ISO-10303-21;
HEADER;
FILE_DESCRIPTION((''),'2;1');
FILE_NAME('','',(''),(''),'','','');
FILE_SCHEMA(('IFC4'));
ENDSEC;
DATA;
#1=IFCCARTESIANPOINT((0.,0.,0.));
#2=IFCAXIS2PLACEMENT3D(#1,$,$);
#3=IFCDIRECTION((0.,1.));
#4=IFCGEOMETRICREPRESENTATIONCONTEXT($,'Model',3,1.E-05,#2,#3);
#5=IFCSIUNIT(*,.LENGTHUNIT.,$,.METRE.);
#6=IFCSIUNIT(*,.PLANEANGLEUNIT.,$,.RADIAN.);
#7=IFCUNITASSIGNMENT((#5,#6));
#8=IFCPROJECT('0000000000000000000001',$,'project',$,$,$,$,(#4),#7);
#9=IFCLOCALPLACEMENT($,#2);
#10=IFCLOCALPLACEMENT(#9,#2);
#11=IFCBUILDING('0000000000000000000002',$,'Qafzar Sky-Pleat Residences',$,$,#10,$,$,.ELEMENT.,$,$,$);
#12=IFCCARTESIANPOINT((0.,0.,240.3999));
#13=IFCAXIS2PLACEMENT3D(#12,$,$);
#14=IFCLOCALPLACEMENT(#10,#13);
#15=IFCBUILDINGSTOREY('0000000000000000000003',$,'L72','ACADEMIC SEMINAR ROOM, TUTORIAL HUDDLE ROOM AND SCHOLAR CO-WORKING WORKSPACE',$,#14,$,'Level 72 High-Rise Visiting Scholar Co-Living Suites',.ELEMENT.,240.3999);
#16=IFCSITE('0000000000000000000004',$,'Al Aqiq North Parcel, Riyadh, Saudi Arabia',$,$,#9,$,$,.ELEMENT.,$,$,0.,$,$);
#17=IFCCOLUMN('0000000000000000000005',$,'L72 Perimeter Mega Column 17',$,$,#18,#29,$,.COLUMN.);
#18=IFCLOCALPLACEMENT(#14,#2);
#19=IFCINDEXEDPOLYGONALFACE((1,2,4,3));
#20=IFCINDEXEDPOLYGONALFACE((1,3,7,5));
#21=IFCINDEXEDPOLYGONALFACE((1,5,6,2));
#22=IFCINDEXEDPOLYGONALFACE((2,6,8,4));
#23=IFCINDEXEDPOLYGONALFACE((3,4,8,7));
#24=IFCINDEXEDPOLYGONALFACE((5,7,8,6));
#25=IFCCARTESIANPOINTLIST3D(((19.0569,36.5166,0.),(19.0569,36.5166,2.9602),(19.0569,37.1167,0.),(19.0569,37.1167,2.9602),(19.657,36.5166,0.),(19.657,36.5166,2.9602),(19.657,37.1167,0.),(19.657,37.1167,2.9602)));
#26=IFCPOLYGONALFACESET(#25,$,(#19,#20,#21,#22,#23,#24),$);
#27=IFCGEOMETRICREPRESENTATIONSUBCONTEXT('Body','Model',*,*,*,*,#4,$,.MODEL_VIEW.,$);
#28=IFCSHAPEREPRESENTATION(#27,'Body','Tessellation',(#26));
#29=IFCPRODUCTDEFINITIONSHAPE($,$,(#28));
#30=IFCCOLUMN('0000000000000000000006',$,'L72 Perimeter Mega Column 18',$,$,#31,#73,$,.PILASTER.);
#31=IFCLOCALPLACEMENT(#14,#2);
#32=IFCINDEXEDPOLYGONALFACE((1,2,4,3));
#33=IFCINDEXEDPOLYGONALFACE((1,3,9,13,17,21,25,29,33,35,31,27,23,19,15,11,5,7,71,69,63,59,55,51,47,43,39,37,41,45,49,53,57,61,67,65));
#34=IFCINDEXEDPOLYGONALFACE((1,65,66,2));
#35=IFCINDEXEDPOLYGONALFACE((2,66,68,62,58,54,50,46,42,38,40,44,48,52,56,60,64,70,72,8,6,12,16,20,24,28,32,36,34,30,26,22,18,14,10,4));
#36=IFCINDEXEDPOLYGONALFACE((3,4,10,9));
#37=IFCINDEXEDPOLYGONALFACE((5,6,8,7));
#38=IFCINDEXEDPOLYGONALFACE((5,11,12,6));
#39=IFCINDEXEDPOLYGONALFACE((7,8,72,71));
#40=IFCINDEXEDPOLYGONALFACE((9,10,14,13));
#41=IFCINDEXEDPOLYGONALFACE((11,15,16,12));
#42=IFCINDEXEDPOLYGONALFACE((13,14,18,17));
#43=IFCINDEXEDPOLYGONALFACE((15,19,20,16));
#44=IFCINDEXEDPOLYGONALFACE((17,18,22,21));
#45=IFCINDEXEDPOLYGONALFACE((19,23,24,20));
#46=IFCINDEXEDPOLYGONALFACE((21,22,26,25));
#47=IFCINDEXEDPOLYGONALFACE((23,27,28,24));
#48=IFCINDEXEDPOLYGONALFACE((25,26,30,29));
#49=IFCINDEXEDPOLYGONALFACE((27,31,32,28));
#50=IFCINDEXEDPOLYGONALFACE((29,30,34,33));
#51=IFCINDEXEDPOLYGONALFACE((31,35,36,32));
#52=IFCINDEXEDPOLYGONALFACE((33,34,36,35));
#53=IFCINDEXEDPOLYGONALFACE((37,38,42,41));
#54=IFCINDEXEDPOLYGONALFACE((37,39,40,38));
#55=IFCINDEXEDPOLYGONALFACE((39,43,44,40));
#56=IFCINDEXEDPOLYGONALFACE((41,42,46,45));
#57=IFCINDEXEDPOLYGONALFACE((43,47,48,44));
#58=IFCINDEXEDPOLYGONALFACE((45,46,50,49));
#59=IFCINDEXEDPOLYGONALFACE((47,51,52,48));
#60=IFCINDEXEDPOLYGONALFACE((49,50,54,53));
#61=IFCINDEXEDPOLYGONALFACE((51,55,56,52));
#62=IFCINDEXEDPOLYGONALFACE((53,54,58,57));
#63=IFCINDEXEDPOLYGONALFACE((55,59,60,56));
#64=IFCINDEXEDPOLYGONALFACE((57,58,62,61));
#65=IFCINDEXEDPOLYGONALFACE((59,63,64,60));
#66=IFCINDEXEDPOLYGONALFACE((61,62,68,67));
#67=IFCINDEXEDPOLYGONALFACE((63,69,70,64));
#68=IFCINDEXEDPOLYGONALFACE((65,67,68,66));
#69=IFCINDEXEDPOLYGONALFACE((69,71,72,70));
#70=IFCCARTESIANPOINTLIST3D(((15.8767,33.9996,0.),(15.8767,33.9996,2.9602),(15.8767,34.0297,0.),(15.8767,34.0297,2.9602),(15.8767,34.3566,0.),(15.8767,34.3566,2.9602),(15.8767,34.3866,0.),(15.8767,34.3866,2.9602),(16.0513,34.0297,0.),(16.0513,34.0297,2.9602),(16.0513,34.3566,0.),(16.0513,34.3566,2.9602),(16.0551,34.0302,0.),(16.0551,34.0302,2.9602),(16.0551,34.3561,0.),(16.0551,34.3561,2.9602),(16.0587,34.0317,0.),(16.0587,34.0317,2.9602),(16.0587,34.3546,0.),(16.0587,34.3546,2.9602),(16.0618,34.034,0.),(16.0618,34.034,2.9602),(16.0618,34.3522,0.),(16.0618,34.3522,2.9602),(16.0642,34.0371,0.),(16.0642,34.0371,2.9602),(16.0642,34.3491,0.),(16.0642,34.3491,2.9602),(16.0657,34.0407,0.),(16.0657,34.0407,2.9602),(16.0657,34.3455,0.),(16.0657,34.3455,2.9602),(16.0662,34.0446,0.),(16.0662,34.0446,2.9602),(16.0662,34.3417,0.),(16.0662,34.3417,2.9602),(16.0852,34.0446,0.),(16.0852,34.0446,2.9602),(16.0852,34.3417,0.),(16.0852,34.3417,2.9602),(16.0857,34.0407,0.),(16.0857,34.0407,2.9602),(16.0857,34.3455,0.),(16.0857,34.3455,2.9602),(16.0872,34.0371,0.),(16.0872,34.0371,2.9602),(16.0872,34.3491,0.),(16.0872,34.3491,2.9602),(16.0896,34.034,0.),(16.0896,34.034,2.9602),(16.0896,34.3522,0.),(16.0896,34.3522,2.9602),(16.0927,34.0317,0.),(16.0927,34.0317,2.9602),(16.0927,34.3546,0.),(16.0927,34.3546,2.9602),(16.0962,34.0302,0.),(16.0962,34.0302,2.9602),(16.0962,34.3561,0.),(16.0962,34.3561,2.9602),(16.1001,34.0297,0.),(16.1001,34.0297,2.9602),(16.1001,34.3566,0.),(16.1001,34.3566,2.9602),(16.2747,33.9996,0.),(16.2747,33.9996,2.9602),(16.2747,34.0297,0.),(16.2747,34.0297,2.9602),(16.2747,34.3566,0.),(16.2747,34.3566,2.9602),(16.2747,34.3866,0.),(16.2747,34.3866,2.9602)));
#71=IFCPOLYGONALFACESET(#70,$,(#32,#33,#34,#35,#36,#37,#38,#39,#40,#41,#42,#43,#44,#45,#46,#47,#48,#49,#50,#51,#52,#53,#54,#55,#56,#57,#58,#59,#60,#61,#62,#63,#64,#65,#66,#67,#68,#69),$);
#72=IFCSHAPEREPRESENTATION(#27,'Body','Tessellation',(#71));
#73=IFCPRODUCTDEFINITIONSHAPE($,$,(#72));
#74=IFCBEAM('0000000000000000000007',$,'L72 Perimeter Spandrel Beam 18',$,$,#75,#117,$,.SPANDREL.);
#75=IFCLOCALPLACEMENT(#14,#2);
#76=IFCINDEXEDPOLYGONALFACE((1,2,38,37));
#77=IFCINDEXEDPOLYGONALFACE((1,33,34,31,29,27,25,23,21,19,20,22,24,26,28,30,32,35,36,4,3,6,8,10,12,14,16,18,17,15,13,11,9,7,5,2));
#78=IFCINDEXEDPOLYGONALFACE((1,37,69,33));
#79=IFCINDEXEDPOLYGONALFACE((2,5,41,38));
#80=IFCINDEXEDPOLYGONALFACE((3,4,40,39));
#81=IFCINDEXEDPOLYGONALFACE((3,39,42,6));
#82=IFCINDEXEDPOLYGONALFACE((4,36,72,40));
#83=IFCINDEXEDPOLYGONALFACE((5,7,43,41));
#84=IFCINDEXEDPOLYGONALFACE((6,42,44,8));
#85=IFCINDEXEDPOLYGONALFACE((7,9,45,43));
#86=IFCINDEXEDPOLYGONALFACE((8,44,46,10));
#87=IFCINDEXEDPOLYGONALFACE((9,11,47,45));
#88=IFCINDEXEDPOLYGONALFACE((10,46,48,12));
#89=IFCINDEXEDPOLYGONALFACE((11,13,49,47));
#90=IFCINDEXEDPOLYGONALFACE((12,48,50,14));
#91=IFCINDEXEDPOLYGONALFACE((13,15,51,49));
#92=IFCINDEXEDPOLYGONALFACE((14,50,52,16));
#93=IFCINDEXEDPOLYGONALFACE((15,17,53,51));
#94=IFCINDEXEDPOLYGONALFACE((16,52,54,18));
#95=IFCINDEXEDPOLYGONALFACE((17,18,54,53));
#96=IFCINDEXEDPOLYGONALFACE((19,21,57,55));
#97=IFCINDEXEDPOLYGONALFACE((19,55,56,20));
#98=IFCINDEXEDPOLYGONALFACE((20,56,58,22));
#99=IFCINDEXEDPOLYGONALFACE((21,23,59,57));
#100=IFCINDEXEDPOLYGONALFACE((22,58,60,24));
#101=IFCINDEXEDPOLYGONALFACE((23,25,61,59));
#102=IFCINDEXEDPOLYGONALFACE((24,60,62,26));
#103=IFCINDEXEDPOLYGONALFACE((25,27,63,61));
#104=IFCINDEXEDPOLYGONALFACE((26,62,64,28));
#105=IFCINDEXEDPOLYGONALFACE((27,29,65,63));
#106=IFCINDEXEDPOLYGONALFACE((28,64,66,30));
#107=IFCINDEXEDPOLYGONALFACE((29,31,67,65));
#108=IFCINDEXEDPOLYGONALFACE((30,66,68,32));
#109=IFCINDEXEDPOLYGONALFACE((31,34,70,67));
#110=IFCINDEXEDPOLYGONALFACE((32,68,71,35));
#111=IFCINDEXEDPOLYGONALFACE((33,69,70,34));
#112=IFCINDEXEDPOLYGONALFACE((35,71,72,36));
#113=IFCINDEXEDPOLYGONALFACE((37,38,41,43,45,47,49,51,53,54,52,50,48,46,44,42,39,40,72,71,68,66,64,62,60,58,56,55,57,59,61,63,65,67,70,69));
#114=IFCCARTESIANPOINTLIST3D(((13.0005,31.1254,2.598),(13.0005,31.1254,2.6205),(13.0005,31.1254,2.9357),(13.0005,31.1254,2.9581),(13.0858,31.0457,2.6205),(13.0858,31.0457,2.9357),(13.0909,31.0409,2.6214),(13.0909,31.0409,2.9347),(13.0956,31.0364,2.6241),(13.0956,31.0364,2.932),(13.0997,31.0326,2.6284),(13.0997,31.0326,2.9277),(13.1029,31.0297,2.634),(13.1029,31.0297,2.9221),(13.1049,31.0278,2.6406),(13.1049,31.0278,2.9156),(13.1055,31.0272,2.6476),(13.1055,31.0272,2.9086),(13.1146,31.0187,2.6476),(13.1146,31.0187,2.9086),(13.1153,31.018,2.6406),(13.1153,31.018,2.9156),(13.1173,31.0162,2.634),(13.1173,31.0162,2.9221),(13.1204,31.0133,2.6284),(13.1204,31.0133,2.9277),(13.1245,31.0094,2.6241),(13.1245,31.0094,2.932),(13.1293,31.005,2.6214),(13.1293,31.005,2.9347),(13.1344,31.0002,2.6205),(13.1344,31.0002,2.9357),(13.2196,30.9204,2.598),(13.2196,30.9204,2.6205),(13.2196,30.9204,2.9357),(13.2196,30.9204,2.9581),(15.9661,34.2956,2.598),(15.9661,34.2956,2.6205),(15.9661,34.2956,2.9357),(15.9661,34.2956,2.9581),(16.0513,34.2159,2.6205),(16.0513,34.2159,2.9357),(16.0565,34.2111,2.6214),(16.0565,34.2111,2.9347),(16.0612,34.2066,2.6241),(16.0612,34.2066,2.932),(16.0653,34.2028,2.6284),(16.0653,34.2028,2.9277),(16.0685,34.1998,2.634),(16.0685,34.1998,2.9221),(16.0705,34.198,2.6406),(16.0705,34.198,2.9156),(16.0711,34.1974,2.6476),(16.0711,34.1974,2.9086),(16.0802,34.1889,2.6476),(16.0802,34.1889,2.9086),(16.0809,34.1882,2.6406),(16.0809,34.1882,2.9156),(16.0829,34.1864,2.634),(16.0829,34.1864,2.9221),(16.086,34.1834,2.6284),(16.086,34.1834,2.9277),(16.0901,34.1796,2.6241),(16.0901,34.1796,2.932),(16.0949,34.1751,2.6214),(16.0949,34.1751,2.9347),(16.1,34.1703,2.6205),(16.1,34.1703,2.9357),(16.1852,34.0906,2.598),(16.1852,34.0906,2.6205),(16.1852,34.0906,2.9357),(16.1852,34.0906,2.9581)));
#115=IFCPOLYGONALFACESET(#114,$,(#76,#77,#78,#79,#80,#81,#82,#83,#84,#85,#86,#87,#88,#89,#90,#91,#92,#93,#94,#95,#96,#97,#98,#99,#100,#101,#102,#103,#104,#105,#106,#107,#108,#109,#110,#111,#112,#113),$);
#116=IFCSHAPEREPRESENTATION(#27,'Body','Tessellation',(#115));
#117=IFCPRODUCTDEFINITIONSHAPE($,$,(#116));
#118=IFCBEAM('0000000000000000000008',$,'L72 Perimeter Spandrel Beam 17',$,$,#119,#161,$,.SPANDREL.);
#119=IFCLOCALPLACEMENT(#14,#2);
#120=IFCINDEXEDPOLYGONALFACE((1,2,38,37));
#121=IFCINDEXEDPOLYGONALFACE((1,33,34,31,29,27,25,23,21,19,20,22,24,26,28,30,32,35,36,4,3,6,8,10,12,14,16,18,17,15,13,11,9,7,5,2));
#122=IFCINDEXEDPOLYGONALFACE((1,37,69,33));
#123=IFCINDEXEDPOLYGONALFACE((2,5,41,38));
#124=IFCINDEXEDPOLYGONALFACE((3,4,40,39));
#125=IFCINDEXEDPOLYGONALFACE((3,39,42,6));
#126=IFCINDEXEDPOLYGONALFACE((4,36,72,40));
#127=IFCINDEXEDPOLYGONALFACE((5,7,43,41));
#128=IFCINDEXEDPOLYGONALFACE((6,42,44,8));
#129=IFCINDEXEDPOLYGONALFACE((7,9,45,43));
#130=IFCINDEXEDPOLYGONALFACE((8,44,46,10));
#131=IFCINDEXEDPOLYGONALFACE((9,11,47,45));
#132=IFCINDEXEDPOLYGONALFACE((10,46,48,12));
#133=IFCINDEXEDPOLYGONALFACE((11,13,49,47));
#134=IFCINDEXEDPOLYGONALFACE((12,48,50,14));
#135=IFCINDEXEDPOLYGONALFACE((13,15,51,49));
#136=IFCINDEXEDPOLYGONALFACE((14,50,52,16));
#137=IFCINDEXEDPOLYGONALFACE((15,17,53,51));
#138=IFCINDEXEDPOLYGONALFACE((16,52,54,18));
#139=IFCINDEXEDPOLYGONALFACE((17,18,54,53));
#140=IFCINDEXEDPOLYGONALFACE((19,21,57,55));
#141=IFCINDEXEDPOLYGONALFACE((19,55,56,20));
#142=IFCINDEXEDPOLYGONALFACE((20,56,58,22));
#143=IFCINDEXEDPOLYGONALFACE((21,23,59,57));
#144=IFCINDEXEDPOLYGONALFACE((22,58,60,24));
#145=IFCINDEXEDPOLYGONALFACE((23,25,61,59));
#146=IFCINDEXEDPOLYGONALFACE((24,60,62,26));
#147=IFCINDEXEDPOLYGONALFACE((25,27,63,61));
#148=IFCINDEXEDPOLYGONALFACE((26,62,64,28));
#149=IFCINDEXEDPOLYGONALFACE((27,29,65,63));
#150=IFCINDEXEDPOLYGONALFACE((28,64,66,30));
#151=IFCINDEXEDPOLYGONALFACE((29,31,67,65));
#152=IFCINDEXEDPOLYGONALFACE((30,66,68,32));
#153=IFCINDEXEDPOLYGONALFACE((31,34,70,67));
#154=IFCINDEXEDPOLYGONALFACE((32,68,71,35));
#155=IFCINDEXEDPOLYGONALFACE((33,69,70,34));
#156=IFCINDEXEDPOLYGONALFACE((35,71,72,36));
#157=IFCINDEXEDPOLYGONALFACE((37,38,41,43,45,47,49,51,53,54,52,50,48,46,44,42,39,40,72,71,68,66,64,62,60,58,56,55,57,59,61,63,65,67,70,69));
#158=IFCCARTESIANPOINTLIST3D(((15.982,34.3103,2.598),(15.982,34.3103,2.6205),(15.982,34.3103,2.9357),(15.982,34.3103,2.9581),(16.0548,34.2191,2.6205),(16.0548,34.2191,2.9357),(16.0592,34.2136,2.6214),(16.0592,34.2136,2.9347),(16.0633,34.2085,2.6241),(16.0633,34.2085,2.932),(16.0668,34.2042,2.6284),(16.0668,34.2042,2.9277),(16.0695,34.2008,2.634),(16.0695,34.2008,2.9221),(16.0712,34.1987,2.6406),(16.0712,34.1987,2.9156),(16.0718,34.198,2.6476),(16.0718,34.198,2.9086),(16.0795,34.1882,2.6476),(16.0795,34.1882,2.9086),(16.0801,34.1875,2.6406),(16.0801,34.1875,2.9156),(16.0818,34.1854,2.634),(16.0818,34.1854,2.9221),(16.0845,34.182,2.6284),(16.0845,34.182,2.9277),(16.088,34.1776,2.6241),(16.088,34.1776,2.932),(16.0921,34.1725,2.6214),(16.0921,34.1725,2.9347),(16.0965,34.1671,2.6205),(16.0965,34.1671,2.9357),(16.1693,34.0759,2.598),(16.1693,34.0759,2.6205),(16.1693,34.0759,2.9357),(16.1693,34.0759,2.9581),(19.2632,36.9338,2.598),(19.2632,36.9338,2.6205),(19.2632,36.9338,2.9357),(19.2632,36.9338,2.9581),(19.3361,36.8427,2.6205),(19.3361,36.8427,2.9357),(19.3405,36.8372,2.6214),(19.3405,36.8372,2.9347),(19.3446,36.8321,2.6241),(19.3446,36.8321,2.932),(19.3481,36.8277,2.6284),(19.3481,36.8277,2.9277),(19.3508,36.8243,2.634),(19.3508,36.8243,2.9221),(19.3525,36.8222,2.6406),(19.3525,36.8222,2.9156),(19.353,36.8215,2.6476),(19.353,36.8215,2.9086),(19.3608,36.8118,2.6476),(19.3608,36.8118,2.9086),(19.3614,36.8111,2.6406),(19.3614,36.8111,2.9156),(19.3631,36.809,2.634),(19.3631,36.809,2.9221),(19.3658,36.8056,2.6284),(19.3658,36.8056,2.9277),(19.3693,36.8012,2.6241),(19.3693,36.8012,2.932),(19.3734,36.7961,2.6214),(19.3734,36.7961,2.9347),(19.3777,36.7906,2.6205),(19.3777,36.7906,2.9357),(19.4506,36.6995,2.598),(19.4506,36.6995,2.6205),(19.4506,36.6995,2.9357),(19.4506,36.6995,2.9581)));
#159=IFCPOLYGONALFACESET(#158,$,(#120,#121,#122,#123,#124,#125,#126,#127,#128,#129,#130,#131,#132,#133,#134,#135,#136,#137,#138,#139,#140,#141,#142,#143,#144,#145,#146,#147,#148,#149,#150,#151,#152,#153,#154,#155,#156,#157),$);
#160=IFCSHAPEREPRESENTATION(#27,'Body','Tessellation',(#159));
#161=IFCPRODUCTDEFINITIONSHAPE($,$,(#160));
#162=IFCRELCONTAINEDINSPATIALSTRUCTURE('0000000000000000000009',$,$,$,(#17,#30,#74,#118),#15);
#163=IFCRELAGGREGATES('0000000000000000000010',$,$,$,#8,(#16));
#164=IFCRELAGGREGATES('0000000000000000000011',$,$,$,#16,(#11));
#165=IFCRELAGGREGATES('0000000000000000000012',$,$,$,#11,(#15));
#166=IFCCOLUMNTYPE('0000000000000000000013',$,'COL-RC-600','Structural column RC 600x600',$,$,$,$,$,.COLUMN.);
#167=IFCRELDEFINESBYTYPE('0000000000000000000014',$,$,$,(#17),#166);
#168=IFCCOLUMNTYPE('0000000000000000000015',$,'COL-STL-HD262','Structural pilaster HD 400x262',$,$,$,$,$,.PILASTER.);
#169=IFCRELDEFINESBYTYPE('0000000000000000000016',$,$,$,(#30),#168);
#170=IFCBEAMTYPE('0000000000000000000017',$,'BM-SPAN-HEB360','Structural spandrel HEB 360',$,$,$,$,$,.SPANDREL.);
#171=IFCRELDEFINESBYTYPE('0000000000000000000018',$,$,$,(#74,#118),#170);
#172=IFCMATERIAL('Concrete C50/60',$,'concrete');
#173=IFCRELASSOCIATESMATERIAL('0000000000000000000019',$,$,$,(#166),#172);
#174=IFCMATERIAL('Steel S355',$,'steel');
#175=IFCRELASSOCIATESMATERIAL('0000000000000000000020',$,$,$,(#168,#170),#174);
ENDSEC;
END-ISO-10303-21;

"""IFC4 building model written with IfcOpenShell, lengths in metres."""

from ifc_helpers import new_model, si_unit, direction, frame, origin, origin_2d, place, context, subcontext, project, spatial, rectangle, i_section, extrude, source, transform, mapped, material, material_profile, profile_set, type_object, element, save


model = new_model("IFC4")

# Units and contexts
model_context = context("Model", 3, precision=1e-05, world=origin(), true_north=direction((0.0, 1.0)))
body_context = subcontext(model_context, "Body", "Model", "MODEL_VIEW")
ifc_project = project(units=[si_unit("LENGTHUNIT", "METRE"), si_unit("PLANEANGLEUNIT", "RADIAN")], contexts=[model_context])

# Site, building, storey
site_placement = place(None, origin())
site = spatial("IfcSite", under=ifc_project, at=site_placement, Name="Al Aqiq North Parcel, Riyadh, Saudi Arabia", CompositionType="ELEMENT", RefElevation=0.0)
building_placement = place(site_placement, origin())
building = spatial("IfcBuilding", under=site, at=building_placement, Name="Qafzar Sky-Pleat Residences", CompositionType="ELEMENT")
storey_placement = place(building_placement, frame((0.0, 0.0, 240.3999)))
storey = spatial("IfcBuildingStorey", under=building, at=storey_placement, Name="L72", Description="ACADEMIC SEMINAR ROOM, TUTORIAL HUDDLE ROOM AND SCHOLAR CO-WORKING WORKSPACE", LongName="Level 72 High-Rise Visiting Scholar Co-Living Suites", CompositionType="ELEMENT", Elevation=240.3999)

# Columns
ifc_material_1 = material(Name="Concrete C50/60", Category="concrete")
ifc_material_profile_1 = material_profile(ifc_material_1, rectangle(XDim=0.6001, YDim=0.6001, at=origin_2d()), Name="RC 600x600")
ifc_profile_set_1 = profile_set([ifc_material_profile_1], Name="Concrete C50/60")
column_type_1 = type_object("IfcColumnType", Name="COL-RC-600", Description="Structural column RC 600x600", PredefinedType="COLUMN", material=ifc_profile_set_1)
shared_shape_1 = source(origin(), body_context, "Body", "SweptSolid", [
    extrude(rectangle(XDim=0.6001, YDim=0.6001, at=origin_2d()), origin(), (0.0, 0.0, 1.0), 2.9602),
])
column_1_placement = place(storey_placement, frame((19.3569, 36.8167, 0.0), z_axis=(0.0, 0.0, 1.0), x_axis=(1.0, 0.0, 0.0)))
element("IfcColumn", 1, at=column_1_placement, inside=storey, type_object=column_type_1, Name="L72 Perimeter Mega Column 17", PredefinedType="COLUMN", context=body_context, shape_type="MappedRepresentation", body=[
    mapped(shared_shape_1, transform((0.0, 0.0, 0.0), x_axis=(1.0, 0.0, 0.0), y_axis=(0.0, 1.0, 0.0), z_axis=(0.0, 0.0, 1.0), scale=1.0)),
])
ifc_material_2 = material(Name="Steel S355", Category="steel")
ifc_material_profile_2 = material_profile(ifc_material_2, i_section(OverallWidth=0.3979, OverallDepth=0.387, WebThickness=0.019, FlangeThickness=0.03, FilletRadius=0.0149, at=origin_2d()), Name="HD 400x262")
ifc_profile_set_2 = profile_set([ifc_material_profile_2], Name="Steel S355")
column_type_2 = type_object("IfcColumnType", Name="COL-STL-HD262", Description="Structural pilaster HD 400x262", PredefinedType="PILASTER", material=ifc_profile_set_2)
shared_shape_2 = source(origin(), body_context, "Body", "SweptSolid", [
    extrude(i_section(OverallWidth=0.3979, OverallDepth=0.387, WebThickness=0.019, FlangeThickness=0.03, FilletRadius=0.0149, at=origin_2d()), origin(), (0.0, 0.0, 1.0), 2.9602),
])
column_2_placement = place(storey_placement, frame((16.0757, 34.1931, 0.0), z_axis=(0.0, 0.0, 1.0), x_axis=(1.0, 0.0, 0.0)))
element("IfcColumn", 2, at=column_2_placement, inside=storey, type_object=column_type_2, Name="L72 Perimeter Mega Column 18", PredefinedType="PILASTER", context=body_context, shape_type="MappedRepresentation", body=[
    mapped(shared_shape_2, transform((0.0, 0.0, 0.0), x_axis=(1.0, 0.0, 0.0), y_axis=(0.0, 1.0, 0.0), z_axis=(0.0, 0.0, 1.0), scale=1.0)),
])

# Beams
ifc_material_profile_3 = material_profile(ifc_material_2, i_section(OverallWidth=0.3, OverallDepth=0.3601, WebThickness=0.0125, FlangeThickness=0.0225, FilletRadius=0.0271, at=origin_2d()), Name="HEB 360")
ifc_profile_set_3 = profile_set([ifc_material_profile_3], Name="Steel S355")
beam_type_1 = type_object("IfcBeamType", Name="BM-SPAN-HEB360", Description="Structural spandrel HEB 360", PredefinedType="SPANDREL", material=ifc_profile_set_3)
shared_shape_3 = source(origin(), body_context, "Body", "SweptSolid", [
    extrude(i_section(OverallWidth=0.3, OverallDepth=0.3601, WebThickness=0.0125, FlangeThickness=0.0225, FilletRadius=0.0271, at=origin_2d()), origin(), (0.0, 0.0, 1.0), 4.3411),
])
beam_1_placement = place(storey_placement, frame((16.0757, 34.1931, 2.7781), z_axis=(-0.683149, -0.730279, 0.0), x_axis=(0.730279, -0.683149, 0.0)))
element("IfcBeam", 3, at=beam_1_placement, inside=storey, type_object=beam_type_1, Name="L72 Perimeter Spandrel Beam 18", PredefinedType="SPANDREL", context=body_context, shape_type="MappedRepresentation", body=[
    mapped(shared_shape_3, transform((0.0, 0.0, 0.0), x_axis=(1.0, 0.0, 0.0), y_axis=(0.0, 1.0, 0.0), z_axis=(0.0, 0.0, 1.0), scale=1.0)),
])
shared_shape_4 = source(origin(), body_context, "Body", "SweptSolid", [
    extrude(i_section(OverallWidth=0.3, OverallDepth=0.3601, WebThickness=0.0125, FlangeThickness=0.0225, FilletRadius=0.0271, at=origin_2d()), origin(), (0.0, 0.0, 1.0), 4.2012),
])
beam_2_placement = place(storey_placement, frame((19.3569, 36.8167, 2.7781), z_axis=(-0.781039, -0.624482, 0.0), x_axis=(0.624482, -0.781039, 0.0)))
element("IfcBeam", 4, at=beam_2_placement, inside=storey, type_object=beam_type_1, Name="L72 Perimeter Spandrel Beam 17", PredefinedType="SPANDREL", context=body_context, shape_type="MappedRepresentation", body=[
    mapped(shared_shape_4, transform((0.0, 0.0, 0.0), x_axis=(1.0, 0.0, 0.0), y_axis=(0.0, 1.0, 0.0), z_axis=(0.0, 0.0, 1.0), scale=1.0)),
])

save(model, "model.ifc")
